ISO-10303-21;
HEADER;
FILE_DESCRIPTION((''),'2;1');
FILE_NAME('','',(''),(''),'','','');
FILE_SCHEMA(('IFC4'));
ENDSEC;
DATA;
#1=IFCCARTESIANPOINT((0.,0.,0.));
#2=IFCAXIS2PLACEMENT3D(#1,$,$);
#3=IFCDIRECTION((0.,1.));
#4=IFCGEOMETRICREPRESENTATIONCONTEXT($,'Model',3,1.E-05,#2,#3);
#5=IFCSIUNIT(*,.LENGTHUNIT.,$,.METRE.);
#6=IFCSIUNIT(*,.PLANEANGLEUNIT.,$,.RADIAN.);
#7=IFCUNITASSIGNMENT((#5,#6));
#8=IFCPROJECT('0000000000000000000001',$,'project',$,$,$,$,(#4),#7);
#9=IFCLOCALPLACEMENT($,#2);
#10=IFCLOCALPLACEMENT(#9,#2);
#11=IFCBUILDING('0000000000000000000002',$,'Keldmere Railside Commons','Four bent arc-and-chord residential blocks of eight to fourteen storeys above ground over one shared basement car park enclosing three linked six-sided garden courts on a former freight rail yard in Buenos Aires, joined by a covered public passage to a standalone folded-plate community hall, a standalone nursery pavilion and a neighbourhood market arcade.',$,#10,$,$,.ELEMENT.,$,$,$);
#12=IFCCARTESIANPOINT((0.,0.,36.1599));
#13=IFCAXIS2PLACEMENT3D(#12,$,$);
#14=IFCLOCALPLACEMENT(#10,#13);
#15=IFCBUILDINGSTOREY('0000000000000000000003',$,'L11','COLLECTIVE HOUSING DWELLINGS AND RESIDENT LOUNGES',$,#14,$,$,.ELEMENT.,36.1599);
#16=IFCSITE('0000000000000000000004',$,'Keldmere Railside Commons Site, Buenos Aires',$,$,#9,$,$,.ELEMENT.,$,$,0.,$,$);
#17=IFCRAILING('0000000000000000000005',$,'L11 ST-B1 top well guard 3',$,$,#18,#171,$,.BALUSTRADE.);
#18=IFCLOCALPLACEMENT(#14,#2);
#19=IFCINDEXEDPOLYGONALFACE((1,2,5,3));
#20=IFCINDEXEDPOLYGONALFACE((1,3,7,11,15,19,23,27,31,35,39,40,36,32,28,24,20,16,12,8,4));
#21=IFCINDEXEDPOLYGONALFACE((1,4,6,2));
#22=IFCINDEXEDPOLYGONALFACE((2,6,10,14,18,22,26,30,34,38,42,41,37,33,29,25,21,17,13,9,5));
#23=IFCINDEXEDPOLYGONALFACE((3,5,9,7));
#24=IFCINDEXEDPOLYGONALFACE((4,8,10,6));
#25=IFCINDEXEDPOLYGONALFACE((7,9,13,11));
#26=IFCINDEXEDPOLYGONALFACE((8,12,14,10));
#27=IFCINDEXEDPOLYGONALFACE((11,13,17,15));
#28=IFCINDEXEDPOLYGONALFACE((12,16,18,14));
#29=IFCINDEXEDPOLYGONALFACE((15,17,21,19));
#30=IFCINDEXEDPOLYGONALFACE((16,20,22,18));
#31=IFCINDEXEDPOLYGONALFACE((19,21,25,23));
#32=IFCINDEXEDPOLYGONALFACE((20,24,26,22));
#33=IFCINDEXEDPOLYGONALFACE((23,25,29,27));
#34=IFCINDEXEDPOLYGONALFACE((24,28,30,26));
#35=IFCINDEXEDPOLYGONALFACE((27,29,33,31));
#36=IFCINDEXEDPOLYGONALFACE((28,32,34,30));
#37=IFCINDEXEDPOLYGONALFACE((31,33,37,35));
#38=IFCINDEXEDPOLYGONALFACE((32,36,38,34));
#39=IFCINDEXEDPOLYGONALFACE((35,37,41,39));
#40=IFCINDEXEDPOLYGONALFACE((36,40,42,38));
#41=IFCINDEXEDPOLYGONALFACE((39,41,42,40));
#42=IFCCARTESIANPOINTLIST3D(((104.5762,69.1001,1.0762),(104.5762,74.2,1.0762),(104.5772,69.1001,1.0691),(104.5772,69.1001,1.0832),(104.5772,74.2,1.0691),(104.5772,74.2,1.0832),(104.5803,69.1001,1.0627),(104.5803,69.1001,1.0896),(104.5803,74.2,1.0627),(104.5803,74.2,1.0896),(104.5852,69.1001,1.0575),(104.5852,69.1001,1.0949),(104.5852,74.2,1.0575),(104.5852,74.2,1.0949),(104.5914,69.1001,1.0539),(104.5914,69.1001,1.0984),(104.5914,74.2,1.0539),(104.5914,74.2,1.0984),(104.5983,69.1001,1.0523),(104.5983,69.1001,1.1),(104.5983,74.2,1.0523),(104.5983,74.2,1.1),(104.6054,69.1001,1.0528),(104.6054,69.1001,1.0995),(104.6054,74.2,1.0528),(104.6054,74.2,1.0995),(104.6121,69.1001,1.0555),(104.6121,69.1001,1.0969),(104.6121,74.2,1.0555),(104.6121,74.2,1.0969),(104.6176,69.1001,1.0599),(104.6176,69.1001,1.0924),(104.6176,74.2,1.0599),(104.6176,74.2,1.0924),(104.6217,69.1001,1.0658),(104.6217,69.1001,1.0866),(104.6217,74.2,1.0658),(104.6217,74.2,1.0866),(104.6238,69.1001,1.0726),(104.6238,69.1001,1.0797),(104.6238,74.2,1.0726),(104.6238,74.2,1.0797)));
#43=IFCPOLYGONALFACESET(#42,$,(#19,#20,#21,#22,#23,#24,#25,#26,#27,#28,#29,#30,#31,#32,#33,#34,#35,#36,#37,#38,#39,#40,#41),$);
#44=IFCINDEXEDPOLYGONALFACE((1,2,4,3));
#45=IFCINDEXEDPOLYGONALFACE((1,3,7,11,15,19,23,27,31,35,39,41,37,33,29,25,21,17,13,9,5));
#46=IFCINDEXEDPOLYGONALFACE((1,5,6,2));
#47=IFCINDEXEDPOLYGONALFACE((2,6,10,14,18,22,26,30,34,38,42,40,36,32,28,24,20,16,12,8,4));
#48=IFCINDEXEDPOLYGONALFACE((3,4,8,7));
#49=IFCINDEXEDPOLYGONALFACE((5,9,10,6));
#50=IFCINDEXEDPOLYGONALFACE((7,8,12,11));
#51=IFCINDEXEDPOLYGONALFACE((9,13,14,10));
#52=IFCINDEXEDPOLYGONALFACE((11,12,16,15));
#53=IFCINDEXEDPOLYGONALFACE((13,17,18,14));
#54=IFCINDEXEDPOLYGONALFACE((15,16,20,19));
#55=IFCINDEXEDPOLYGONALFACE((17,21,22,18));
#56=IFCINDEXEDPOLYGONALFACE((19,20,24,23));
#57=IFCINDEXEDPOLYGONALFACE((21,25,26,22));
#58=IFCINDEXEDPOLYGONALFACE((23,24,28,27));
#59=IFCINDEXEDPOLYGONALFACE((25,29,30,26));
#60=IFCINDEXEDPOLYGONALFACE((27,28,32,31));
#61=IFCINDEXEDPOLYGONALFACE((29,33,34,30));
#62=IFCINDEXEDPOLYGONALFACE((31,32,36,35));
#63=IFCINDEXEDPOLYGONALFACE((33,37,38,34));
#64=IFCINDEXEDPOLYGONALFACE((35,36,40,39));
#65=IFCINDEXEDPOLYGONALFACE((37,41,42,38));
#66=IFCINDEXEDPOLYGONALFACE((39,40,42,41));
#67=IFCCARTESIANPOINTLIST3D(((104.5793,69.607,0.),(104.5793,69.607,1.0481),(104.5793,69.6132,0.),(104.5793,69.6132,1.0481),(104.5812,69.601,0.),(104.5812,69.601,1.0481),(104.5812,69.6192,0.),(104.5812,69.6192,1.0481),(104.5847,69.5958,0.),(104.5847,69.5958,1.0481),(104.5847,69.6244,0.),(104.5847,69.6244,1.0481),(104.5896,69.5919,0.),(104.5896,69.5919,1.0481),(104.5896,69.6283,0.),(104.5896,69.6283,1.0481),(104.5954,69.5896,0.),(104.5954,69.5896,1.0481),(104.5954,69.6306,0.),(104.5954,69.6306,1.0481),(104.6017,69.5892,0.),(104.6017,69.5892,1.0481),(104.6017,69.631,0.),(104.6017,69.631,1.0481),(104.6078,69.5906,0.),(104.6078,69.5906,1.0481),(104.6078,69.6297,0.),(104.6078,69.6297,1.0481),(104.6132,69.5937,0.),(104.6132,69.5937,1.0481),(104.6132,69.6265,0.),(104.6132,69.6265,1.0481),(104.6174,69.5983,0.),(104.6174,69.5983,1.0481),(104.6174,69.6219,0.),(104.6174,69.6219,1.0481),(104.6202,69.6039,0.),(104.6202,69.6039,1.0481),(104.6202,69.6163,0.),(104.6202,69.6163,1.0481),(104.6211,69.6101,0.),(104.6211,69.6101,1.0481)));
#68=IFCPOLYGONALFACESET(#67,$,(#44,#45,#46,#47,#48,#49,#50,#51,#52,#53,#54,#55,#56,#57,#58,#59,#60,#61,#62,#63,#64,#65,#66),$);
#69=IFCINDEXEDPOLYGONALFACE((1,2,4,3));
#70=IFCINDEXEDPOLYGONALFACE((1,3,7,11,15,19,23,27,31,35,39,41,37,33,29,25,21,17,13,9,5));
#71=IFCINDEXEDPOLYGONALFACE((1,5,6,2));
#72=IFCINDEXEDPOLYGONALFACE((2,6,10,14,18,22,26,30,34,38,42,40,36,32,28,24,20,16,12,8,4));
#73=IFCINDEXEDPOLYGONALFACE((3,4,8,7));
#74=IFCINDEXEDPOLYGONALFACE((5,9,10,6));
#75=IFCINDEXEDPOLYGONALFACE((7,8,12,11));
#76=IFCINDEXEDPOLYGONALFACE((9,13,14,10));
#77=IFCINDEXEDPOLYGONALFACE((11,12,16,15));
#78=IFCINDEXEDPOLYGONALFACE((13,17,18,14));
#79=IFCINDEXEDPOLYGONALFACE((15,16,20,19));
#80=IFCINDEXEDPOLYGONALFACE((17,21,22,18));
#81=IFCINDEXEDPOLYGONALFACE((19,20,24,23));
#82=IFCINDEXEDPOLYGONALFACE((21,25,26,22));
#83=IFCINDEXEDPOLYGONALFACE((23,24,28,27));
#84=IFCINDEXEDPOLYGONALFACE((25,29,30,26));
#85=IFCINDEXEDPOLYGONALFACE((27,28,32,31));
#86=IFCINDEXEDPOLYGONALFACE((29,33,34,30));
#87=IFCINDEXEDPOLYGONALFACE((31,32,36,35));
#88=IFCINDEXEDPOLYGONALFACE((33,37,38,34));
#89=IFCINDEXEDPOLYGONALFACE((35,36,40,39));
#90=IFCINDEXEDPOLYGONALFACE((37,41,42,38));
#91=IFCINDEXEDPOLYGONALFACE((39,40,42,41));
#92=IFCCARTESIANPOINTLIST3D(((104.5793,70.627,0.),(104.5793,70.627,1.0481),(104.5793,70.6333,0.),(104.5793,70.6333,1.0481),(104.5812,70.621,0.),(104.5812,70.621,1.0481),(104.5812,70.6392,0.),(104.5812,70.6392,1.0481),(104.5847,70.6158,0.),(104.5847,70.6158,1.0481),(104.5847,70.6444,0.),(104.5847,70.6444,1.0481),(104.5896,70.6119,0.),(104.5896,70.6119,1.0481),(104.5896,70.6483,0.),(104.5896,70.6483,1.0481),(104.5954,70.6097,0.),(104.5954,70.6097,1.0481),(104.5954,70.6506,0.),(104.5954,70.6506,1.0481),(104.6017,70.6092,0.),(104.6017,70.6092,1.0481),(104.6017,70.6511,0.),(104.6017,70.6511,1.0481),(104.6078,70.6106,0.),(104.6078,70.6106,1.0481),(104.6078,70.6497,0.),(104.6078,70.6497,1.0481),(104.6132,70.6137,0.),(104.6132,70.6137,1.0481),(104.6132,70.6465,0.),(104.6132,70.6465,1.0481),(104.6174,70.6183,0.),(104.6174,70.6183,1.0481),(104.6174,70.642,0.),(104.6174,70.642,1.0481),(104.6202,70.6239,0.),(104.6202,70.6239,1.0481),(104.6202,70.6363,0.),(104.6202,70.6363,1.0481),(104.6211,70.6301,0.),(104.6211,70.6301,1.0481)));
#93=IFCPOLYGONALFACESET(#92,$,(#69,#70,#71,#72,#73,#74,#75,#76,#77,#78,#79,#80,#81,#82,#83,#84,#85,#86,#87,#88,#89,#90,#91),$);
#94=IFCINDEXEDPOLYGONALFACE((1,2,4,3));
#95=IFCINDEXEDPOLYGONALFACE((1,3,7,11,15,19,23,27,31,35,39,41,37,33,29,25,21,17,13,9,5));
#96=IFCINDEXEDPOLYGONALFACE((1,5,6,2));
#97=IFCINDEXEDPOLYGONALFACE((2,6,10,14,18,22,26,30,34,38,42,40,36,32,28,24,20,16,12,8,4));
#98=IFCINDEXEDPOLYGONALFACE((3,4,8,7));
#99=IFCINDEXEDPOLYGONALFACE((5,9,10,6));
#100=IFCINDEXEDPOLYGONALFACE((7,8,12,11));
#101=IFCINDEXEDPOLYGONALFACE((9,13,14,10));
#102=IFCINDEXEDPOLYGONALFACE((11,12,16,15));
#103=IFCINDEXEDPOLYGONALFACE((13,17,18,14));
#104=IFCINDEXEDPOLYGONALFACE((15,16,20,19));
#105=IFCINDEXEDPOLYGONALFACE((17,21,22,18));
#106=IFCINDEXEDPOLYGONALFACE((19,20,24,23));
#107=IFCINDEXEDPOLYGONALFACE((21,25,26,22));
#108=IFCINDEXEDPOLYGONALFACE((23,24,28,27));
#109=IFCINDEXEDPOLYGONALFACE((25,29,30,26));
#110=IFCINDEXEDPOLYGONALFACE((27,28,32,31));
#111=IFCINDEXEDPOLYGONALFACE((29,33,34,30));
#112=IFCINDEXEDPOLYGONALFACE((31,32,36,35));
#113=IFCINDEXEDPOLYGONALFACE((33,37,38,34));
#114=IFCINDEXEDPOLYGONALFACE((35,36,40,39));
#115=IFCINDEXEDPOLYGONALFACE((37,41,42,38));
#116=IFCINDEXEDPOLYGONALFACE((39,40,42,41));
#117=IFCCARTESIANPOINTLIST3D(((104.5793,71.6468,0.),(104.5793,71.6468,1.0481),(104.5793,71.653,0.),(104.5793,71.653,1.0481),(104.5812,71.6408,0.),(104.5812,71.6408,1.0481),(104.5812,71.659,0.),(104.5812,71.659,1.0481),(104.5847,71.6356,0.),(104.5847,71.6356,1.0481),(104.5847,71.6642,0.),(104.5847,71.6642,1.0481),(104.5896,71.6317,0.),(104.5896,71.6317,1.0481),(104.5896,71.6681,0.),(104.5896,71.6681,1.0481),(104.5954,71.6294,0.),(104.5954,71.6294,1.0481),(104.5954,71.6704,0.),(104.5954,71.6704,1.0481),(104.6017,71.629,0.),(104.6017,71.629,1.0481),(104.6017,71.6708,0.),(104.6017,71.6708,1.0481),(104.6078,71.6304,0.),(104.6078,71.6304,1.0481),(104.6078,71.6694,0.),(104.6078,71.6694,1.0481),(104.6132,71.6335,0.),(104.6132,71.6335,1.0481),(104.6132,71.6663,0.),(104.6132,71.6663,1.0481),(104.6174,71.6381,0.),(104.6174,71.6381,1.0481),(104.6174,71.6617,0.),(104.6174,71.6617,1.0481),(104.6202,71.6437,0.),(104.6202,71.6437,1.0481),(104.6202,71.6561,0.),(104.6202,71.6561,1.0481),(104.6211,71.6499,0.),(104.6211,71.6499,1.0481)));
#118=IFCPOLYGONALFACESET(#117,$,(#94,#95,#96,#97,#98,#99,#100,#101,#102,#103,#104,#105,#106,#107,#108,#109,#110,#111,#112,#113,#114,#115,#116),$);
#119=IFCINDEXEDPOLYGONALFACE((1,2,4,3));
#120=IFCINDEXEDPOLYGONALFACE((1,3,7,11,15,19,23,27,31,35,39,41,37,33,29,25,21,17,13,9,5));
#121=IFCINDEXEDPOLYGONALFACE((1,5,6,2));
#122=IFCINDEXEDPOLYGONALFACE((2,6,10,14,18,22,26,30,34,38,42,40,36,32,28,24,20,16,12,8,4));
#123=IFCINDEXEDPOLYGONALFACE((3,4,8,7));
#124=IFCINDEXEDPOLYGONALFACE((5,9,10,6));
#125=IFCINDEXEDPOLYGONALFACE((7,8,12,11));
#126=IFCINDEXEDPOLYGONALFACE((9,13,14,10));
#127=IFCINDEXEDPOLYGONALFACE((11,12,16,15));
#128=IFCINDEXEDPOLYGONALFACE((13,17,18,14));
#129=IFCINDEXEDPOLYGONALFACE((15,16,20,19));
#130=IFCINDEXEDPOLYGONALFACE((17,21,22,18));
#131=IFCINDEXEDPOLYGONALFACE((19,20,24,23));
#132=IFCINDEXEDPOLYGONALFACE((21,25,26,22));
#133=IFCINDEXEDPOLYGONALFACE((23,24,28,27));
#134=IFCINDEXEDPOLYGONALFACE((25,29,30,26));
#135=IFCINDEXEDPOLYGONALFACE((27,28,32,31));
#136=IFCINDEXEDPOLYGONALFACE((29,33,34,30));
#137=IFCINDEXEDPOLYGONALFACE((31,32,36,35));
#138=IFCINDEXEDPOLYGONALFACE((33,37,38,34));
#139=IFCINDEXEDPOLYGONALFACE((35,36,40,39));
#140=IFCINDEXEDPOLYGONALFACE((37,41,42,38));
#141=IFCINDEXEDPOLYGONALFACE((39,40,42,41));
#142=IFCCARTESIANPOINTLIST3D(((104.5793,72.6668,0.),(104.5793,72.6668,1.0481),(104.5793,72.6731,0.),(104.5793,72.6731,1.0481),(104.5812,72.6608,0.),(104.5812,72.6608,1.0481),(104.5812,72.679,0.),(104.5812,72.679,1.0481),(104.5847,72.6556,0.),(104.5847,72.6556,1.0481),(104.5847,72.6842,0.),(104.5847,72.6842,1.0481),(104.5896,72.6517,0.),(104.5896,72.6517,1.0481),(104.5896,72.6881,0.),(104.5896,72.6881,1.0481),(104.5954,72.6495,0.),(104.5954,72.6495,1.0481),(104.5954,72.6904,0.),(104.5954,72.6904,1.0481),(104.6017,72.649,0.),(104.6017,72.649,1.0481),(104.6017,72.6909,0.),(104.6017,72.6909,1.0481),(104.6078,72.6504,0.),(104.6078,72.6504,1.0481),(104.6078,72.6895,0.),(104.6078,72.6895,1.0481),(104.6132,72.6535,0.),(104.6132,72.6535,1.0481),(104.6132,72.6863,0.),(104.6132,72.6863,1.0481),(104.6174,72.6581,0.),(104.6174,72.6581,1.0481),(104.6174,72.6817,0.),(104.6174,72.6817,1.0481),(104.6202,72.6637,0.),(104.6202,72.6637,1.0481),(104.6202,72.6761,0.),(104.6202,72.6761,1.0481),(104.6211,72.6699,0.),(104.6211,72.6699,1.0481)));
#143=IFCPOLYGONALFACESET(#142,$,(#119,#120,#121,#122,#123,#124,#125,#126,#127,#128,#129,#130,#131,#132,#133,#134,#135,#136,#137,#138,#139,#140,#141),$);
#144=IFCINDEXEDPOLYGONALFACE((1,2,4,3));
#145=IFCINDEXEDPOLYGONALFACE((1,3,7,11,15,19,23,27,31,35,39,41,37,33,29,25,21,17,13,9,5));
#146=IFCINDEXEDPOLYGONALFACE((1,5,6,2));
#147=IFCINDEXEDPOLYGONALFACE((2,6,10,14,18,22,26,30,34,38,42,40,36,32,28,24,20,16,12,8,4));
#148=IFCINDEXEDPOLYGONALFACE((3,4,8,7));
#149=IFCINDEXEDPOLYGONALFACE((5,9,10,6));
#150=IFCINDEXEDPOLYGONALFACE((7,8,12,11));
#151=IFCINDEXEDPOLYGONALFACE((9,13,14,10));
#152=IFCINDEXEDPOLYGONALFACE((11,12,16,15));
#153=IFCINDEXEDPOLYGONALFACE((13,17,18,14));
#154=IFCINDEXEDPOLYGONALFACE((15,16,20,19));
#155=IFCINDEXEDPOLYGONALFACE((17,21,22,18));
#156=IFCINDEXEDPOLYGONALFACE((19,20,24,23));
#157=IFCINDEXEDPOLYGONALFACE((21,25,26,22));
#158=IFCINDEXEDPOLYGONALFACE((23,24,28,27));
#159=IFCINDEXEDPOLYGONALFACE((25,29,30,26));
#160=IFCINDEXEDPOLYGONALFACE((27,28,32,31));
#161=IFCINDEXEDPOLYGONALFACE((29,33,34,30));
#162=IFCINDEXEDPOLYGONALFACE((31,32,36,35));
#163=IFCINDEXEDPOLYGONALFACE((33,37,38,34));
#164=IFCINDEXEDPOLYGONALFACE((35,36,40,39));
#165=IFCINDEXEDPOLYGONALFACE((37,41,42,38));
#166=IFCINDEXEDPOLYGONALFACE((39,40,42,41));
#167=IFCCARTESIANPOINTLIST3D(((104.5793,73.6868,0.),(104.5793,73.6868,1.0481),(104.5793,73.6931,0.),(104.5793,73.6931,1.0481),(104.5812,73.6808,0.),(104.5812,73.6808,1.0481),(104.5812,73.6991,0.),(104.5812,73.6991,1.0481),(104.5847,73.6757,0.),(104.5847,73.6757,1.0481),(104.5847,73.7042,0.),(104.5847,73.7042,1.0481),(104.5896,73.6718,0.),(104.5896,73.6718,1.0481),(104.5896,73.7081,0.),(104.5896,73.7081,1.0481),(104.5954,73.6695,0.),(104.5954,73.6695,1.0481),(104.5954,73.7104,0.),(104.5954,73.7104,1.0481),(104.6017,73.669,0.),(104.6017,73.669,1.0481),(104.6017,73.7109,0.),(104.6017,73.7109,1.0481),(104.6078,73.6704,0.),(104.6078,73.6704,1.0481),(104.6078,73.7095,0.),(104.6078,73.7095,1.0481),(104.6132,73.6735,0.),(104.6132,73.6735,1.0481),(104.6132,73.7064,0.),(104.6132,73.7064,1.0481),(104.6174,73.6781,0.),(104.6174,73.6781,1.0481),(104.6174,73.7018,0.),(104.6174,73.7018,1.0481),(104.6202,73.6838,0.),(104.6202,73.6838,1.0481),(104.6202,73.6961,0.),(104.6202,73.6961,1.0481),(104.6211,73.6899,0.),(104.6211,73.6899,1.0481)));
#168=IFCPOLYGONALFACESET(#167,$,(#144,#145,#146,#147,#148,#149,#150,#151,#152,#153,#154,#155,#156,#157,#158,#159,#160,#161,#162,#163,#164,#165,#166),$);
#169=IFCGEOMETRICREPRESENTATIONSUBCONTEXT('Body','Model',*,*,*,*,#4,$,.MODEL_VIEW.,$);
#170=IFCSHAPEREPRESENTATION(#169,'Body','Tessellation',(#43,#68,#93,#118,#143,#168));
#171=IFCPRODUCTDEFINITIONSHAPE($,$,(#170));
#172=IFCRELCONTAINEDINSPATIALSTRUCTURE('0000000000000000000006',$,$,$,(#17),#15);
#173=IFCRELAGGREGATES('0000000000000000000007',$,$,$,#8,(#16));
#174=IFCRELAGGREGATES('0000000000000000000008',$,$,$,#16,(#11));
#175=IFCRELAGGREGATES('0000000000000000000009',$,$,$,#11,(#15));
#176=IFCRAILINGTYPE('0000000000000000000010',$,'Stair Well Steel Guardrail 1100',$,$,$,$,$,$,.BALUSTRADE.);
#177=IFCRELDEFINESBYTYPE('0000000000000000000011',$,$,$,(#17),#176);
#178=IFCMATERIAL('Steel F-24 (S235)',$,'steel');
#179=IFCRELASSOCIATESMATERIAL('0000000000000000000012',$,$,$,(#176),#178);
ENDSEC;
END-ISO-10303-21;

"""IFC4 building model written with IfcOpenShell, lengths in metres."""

from ifc_helpers import new_model, si_unit, direction, frame, origin, origin_2d, place, context, subcontext, project, spatial, circle, extrude, material, type_object, element, save


model = new_model("IFC4")

# Units and contexts
model_context = context("Model", 3, precision=1e-05, world=origin(), true_north=direction((0.0, 1.0)))
body_context = subcontext(model_context, "Body", "Model", "MODEL_VIEW")
ifc_project = project(units=[si_unit("LENGTHUNIT", "METRE"), si_unit("PLANEANGLEUNIT", "RADIAN")], contexts=[model_context])

# Site, building, storey
site_placement = place(None, origin())
site = spatial("IfcSite", under=ifc_project, at=site_placement, Name="Keldmere Railside Commons Site, Buenos Aires", CompositionType="ELEMENT", RefElevation=0.0)
building_placement = place(site_placement, origin())
building = spatial("IfcBuilding", under=site, at=building_placement, Name="Keldmere Railside Commons", Description="Four bent arc-and-chord residential blocks of eight to fourteen storeys above ground over one shared basement car park enclosing three linked six-sided garden courts on a former freight rail yard in Buenos Aires, joined by a covered public passage to a standalone folded-plate community hall, a standalone nursery pavilion and a neighbourhood market arcade.", CompositionType="ELEMENT")
storey_placement = place(building_placement, frame((0.0, 0.0, 36.1599)))
storey = spatial("IfcBuildingStorey", under=building, at=storey_placement, Name="L11", Description="COLLECTIVE HOUSING DWELLINGS AND RESIDENT LOUNGES", CompositionType="ELEMENT", Elevation=36.1599)

# Shared definitions
ifc_material_1 = material(Name="Steel F-24 (S235)", Category="steel")

# Railing
railing_type_1 = type_object("IfcRailingType", Name="Stair Well Steel Guardrail 1100", PredefinedType="BALUSTRADE", material=ifc_material_1)
railing_1_placement = place(storey_placement, frame((104.6001, 69.1001, 0.0)))
element("IfcRailing", 1, at=railing_1_placement, inside=storey, type_object=railing_type_1, Name="L11 ST-B1 top well guard 3", PredefinedType="BALUSTRADE", context=body_context, shape_type="SweptSolid", body=[
    extrude(circle(Radius=0.0239, at=origin_2d()), frame((0.0, 0.0, 1.0762), z_axis=(0.0, 1.0, 0.0), x_axis=(-1.0, 0.0, 0.0)), (0.0, 0.0, 1.0), 5.0999),
    extrude(circle(Radius=0.021, at=origin_2d()), frame((0.0, 0.51, 0.0)), (0.0, 0.0, 1.0), 1.0481),
    extrude(circle(Radius=0.021, at=origin_2d()), frame((0.0, 1.53, 0.0)), (0.0, 0.0, 1.0), 1.0481),
    extrude(circle(Radius=0.021, at=origin_2d()), frame((0.0, 2.5498, 0.0)), (0.0, 0.0, 1.0), 1.0481),
    extrude(circle(Radius=0.021, at=origin_2d()), frame((0.0, 3.5698, 0.0)), (0.0, 0.0, 1.0), 1.0481),
    extrude(circle(Radius=0.021, at=origin_2d()), frame((0.0, 4.5898, 0.0)), (0.0, 0.0, 1.0), 1.0481),
])

save(model, "model.ifc")
